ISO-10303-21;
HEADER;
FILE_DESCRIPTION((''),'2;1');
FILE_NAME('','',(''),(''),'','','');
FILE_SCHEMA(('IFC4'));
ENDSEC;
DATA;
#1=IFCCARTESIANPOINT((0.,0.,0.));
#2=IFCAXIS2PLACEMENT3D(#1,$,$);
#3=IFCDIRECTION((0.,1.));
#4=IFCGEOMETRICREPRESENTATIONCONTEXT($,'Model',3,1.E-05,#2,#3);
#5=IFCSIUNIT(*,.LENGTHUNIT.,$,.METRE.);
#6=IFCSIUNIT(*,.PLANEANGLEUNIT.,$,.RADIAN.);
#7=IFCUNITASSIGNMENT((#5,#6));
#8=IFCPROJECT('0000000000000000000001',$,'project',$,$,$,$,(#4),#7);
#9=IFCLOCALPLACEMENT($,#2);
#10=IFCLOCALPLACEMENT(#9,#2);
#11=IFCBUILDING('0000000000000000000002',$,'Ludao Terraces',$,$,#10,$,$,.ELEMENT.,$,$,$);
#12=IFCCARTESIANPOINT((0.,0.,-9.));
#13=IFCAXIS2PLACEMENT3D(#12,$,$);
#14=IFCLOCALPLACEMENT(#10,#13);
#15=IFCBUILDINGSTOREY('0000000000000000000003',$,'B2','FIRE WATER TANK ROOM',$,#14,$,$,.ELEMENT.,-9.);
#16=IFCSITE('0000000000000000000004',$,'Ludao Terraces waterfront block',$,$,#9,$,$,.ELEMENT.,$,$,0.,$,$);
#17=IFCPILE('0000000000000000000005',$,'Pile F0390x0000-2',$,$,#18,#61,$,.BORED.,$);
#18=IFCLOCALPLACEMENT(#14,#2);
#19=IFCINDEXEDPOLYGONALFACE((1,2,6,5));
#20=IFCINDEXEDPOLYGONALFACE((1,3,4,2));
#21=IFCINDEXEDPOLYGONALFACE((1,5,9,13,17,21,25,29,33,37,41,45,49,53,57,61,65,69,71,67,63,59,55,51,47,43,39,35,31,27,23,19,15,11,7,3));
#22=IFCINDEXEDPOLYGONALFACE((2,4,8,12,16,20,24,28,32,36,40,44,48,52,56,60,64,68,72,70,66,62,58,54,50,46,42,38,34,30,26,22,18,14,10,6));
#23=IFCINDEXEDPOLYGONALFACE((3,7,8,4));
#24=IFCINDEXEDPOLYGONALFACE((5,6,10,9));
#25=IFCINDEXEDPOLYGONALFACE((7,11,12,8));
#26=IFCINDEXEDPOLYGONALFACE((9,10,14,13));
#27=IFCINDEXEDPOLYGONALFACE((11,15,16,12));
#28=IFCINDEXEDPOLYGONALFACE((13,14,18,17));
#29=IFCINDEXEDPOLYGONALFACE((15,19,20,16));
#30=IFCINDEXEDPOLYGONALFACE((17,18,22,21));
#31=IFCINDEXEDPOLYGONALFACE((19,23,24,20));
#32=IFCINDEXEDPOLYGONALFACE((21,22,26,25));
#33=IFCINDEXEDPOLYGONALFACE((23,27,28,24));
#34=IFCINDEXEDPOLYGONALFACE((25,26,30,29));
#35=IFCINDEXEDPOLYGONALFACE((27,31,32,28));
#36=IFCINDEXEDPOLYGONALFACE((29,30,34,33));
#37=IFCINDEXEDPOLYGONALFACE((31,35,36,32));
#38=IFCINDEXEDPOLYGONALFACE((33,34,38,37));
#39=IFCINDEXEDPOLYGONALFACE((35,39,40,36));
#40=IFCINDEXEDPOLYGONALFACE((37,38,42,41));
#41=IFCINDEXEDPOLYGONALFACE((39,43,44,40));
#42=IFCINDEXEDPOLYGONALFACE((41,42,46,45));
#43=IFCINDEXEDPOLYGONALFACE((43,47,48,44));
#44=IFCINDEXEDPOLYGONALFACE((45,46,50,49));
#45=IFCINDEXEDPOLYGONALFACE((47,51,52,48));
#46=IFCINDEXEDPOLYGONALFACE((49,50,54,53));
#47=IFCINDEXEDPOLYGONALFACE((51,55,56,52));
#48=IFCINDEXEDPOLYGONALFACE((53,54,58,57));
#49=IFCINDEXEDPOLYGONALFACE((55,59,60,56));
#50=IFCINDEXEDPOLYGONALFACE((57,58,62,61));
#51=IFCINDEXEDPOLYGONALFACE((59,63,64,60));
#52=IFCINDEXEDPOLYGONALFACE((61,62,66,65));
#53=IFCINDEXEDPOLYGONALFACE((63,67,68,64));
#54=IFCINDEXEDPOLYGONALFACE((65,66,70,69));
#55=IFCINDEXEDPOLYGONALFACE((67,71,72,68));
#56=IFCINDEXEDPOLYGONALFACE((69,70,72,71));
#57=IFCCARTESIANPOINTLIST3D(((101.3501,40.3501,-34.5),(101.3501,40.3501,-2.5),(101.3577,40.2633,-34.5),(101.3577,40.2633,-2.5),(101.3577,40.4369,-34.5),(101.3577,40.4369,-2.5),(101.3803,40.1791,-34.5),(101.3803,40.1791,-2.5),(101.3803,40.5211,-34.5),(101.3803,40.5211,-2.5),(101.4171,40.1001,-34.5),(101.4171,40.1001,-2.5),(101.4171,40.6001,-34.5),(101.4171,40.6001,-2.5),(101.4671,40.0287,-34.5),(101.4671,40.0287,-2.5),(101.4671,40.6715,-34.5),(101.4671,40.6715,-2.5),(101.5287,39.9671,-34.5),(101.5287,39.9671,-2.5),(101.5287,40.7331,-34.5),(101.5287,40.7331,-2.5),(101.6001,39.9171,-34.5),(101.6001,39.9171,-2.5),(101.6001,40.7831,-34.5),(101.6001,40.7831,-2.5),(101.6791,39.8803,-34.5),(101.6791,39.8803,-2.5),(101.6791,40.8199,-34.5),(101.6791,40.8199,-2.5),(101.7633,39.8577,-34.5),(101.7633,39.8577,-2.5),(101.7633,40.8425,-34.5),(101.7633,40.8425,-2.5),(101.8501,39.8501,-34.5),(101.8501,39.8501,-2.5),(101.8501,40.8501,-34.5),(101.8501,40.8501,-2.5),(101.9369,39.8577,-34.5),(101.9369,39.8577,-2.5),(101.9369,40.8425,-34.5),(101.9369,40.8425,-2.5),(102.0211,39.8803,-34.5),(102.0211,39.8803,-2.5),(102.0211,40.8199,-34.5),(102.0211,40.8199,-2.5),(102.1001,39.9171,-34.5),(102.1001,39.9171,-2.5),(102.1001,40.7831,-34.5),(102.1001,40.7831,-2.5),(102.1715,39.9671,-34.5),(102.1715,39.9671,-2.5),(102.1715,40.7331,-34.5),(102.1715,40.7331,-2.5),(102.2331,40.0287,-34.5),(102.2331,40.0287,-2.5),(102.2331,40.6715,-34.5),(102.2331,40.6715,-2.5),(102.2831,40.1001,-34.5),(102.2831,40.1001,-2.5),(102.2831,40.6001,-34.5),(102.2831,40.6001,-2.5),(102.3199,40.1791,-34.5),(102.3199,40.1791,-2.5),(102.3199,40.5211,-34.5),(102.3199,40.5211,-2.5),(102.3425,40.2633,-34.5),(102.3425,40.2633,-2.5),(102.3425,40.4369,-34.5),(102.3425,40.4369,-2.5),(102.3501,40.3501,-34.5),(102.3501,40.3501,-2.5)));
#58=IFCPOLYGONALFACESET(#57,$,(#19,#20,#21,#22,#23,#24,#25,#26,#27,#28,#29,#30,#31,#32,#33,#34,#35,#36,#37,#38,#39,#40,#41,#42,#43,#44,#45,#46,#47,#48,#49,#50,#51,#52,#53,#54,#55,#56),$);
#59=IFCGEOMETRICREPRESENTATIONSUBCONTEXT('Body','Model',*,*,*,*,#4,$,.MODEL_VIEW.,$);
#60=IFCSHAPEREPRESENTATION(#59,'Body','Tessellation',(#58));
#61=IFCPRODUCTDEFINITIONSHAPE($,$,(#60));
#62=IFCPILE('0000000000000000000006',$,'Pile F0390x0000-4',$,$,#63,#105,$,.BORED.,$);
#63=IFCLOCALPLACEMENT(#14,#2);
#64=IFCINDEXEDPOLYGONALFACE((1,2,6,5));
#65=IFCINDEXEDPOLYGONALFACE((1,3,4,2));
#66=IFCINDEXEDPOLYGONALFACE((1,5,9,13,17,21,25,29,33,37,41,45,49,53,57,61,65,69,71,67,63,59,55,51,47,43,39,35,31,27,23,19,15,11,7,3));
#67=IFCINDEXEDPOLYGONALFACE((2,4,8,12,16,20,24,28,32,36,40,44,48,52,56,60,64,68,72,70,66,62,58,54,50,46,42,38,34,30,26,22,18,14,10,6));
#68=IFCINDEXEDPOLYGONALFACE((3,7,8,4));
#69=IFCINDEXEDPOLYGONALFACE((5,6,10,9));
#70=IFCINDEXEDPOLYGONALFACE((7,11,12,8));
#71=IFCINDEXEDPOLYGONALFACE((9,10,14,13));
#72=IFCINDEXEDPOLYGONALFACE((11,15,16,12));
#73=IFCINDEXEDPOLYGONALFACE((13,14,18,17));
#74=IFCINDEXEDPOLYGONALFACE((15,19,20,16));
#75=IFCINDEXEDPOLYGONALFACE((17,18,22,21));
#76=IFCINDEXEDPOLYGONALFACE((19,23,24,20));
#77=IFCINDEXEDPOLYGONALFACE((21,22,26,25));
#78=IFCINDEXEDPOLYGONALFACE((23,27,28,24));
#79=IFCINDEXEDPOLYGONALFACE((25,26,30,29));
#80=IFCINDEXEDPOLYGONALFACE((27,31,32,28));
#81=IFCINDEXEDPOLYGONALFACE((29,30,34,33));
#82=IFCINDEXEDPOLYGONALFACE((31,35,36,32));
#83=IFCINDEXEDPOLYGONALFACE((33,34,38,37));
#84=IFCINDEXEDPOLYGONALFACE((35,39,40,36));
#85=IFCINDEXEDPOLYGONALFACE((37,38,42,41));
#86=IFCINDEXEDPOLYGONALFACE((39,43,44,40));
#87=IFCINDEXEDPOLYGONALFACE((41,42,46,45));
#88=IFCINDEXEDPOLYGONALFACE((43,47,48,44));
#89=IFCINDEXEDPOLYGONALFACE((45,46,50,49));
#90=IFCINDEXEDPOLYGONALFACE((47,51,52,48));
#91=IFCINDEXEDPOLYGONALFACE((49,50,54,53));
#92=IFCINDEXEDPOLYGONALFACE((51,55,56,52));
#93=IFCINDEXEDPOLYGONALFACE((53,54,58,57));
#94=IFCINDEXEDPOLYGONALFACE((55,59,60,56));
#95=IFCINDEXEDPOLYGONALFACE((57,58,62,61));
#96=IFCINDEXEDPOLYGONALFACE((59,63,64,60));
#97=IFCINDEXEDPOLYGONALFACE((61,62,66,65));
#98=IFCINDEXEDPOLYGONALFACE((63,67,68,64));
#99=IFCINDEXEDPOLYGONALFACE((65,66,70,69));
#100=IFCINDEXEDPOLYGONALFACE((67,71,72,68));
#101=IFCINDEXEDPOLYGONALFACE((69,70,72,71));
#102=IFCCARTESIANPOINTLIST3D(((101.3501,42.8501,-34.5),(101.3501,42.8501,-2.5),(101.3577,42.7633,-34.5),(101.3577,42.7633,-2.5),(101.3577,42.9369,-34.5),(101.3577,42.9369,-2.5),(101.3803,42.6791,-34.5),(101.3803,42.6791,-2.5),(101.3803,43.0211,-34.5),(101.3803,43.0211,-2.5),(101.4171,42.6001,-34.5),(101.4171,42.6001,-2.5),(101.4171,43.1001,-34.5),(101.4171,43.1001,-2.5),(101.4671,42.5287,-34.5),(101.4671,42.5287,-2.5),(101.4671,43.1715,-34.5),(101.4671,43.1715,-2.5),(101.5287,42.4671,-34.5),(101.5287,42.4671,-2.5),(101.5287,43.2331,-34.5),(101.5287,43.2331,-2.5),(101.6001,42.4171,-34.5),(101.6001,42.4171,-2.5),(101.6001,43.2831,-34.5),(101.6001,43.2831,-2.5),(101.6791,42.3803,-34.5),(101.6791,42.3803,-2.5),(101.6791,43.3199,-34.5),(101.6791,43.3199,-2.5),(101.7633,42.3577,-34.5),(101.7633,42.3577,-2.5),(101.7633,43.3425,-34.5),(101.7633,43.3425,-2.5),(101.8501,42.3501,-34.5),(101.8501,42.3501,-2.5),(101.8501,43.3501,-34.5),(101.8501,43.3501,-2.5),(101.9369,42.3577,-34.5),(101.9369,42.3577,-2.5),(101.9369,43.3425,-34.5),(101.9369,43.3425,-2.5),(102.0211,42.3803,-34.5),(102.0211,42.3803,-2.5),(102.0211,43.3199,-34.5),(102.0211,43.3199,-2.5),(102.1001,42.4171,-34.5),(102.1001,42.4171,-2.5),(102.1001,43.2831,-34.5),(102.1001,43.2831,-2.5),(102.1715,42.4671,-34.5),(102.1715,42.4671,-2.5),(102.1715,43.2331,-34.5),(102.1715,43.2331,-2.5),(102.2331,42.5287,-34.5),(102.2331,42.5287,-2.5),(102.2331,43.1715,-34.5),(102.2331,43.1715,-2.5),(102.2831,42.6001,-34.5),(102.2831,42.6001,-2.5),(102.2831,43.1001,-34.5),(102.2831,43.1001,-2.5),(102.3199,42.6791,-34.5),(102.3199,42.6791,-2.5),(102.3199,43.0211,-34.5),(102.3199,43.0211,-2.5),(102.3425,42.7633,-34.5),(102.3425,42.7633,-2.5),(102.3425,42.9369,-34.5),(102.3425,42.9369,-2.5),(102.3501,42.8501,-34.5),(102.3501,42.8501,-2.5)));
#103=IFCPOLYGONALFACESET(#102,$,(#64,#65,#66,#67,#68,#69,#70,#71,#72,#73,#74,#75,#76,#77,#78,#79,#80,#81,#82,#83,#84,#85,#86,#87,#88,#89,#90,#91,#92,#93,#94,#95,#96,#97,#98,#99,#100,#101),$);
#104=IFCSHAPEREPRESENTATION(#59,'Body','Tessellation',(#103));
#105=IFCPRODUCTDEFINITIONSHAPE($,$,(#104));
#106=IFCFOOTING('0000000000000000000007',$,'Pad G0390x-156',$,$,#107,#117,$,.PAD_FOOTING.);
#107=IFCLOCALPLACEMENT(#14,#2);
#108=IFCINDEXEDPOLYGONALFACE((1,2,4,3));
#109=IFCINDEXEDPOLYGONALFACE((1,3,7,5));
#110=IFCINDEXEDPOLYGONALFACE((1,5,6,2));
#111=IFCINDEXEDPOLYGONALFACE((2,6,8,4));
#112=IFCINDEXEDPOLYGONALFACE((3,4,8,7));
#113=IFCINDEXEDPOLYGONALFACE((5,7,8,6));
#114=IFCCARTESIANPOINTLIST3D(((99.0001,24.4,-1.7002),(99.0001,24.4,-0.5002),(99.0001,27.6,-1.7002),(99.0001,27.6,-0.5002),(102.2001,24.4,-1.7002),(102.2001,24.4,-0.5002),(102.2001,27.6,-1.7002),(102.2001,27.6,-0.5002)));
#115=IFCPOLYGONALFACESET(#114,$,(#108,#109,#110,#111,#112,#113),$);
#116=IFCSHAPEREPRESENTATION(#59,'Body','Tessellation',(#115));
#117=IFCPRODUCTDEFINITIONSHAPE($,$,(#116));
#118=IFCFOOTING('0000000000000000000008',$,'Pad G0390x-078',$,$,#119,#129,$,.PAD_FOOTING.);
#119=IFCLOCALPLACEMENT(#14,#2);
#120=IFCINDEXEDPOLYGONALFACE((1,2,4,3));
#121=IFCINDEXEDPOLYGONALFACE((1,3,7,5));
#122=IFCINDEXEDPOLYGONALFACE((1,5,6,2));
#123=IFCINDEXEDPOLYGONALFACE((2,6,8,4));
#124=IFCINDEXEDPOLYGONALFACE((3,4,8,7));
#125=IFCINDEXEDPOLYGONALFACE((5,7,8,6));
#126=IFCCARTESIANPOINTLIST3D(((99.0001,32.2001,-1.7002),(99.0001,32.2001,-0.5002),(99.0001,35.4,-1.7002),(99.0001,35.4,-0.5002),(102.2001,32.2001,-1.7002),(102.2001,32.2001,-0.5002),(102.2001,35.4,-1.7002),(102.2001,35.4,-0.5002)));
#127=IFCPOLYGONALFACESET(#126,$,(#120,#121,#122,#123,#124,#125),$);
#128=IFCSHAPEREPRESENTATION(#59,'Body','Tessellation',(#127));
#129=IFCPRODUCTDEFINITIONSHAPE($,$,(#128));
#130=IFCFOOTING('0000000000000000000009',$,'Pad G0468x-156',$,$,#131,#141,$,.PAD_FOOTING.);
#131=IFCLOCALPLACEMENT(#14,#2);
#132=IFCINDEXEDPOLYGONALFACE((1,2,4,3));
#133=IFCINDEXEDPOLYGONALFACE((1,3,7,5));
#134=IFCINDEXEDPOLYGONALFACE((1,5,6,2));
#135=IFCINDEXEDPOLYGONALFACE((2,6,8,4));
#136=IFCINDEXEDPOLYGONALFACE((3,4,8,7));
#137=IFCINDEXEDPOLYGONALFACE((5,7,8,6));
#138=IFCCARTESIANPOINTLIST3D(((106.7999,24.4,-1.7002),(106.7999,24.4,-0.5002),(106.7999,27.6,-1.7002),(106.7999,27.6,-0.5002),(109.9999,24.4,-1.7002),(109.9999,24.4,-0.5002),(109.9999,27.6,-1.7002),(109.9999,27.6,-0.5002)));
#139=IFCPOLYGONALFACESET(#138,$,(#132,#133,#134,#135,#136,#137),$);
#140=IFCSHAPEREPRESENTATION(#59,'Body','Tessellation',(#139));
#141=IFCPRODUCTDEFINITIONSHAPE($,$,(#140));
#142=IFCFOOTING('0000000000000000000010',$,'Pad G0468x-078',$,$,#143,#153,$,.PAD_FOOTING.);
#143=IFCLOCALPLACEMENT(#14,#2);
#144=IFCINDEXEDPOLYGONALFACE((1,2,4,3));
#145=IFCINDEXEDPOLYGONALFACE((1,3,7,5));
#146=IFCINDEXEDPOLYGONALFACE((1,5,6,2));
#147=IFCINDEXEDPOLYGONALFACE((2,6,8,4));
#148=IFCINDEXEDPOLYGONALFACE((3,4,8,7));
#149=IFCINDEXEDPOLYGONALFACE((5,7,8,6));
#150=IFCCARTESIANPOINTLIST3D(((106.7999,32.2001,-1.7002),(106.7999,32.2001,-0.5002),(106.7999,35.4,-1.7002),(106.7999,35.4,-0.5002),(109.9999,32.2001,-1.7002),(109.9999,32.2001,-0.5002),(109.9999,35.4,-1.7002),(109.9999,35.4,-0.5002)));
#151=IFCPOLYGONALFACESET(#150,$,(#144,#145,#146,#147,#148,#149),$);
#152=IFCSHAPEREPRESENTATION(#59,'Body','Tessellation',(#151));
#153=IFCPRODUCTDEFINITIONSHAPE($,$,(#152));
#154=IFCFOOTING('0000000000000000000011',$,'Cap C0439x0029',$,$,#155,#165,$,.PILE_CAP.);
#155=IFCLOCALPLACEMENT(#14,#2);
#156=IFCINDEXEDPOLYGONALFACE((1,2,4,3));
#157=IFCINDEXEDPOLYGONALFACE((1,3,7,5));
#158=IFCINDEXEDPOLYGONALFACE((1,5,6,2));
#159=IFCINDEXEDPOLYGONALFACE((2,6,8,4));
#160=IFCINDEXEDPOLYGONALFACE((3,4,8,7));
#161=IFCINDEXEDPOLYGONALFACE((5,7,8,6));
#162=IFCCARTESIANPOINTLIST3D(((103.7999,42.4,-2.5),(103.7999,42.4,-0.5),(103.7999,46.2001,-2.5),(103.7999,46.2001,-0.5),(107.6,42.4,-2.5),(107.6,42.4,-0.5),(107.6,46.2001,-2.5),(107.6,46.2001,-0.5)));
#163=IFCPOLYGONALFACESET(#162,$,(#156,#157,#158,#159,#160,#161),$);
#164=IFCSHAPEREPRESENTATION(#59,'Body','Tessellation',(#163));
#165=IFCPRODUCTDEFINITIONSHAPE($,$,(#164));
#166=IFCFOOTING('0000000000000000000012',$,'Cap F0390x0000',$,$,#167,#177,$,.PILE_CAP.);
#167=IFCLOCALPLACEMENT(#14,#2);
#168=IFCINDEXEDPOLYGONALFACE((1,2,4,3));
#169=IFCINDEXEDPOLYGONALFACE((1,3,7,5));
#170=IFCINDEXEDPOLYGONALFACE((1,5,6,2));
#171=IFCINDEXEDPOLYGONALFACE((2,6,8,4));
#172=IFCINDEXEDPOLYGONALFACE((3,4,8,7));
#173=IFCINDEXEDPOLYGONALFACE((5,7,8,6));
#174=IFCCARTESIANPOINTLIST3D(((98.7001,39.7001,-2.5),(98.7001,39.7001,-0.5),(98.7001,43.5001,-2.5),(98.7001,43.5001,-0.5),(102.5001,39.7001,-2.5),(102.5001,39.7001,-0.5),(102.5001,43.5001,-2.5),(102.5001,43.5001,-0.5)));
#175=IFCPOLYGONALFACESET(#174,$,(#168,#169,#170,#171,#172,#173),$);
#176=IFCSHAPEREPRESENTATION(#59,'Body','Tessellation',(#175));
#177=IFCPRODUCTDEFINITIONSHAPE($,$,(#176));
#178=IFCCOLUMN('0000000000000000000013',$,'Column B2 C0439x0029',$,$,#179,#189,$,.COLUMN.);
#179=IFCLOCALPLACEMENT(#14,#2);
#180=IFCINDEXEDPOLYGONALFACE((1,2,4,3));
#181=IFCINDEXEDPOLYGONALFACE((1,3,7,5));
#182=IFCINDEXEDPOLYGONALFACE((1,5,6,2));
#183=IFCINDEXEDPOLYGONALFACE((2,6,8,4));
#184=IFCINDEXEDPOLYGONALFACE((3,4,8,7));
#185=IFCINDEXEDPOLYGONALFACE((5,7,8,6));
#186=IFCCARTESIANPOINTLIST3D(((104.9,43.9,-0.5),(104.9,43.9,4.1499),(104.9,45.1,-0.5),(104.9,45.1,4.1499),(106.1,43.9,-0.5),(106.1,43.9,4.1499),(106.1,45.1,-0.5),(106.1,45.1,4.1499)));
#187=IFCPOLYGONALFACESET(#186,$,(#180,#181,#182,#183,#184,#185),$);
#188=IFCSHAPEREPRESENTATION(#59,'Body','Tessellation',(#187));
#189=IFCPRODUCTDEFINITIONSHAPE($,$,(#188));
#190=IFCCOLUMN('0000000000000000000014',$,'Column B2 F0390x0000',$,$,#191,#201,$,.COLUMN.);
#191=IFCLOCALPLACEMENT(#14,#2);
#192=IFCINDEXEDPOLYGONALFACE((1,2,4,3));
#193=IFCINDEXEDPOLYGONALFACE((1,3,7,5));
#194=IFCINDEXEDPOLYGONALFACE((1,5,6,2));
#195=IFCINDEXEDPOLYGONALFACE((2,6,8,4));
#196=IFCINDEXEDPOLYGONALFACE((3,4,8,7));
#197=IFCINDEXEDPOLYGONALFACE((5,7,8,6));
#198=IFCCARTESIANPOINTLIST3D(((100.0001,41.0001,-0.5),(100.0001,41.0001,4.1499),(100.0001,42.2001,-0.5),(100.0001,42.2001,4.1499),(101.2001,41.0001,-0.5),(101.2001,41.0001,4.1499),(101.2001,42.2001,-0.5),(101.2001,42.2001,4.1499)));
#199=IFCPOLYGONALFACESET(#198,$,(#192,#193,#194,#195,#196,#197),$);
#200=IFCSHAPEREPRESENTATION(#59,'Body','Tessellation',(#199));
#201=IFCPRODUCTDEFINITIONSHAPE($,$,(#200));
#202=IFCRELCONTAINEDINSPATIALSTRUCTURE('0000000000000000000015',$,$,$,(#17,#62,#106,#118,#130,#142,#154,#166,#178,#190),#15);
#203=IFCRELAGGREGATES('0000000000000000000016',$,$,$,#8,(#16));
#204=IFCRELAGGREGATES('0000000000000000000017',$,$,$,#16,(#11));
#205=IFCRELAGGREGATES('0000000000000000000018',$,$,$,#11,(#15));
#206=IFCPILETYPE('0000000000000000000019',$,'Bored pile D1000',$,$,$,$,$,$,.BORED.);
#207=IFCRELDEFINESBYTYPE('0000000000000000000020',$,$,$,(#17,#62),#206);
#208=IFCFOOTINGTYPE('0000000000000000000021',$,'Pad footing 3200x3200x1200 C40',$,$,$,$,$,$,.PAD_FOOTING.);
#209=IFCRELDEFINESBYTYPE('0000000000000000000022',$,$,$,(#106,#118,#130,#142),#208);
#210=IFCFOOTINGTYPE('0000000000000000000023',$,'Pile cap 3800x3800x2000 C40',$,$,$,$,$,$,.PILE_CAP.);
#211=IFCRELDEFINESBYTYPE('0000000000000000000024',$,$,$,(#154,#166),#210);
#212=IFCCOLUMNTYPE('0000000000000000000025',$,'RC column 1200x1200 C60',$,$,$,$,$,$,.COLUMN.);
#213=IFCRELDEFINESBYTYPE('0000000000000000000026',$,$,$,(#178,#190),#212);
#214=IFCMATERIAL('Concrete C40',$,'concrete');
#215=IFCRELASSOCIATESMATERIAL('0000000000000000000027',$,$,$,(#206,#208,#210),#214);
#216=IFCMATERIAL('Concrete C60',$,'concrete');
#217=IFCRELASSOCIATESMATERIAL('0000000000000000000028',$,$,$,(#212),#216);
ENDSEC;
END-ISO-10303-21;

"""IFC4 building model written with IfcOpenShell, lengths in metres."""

from ifc_helpers import new_model, si_unit, direction, frame, origin, origin_2d, place, context, subcontext, project, spatial, rectangle, circle, extrude, material, material_profile, profile_set, type_object, element, save


model = new_model("IFC4")

# Units and contexts
model_context = context("Model", 3, precision=1e-05, world=origin(), true_north=direction((0.0, 1.0)))
body_context = subcontext(model_context, "Body", "Model", "MODEL_VIEW")
ifc_project = project(units=[si_unit("LENGTHUNIT", "METRE"), si_unit("PLANEANGLEUNIT", "RADIAN")], contexts=[model_context])

# Site, building, storey
site_placement = place(None, origin())
site = spatial("IfcSite", under=ifc_project, at=site_placement, Name="Ludao Terraces waterfront block", CompositionType="ELEMENT", RefElevation=0.0)
building_placement = place(site_placement, origin())
building = spatial("IfcBuilding", under=site, at=building_placement, Name="Ludao Terraces", CompositionType="ELEMENT")
storey_placement = place(building_placement, frame((0.0, 0.0, -9.0)))
storey = spatial("IfcBuildingStorey", under=building, at=storey_placement, Name="B2", Description="FIRE WATER TANK ROOM", CompositionType="ELEMENT", Elevation=-9.0)

# Piles
ifc_material_1 = material(Name="Concrete C40", Category="concrete")
ifc_material_profile_1 = material_profile(ifc_material_1, circle(Radius=0.5, at=origin_2d()), Name="D1000 BORED PILE")
ifc_profile_set_1 = profile_set([ifc_material_profile_1], Name="Concrete C40")
pile_type = type_object("IfcPileType", Name="Bored pile D1000", PredefinedType="BORED", material=ifc_profile_set_1)
for number, where, z_axis, x_axis, name in (
    (1, (101.8501, 40.3501, -2.5), (0.0, 0.0, -1.0), (1.0, 0.0, 0.0), "Pile F0390x0000-2"),
    (2, (101.8501, 42.8501, -2.5), (0.0, 0.0, -1.0), (1.0, 0.0, 0.0), "Pile F0390x0000-4"),
):
    element("IfcPile", number, at=place(storey_placement, frame(where, z_axis=z_axis, x_axis=x_axis)), inside=storey, type_object=pile_type, Name=name, PredefinedType="BORED", context=body_context, shape_type="SweptSolid", body=[
        extrude(circle(Radius=0.5, at=origin_2d()), origin(), (0.0, 0.0, 1.0), 32.0),
    ])

# Footings
footing_type_1 = type_object("IfcFootingType", Name="Pad footing 3200x3200x1200 C40", PredefinedType="PAD_FOOTING", material=ifc_material_1)
for number, where, z_axis, x_axis, name in (
    (3, (100.6001, 26.0, -1.7002), (0.0, 0.0, 1.0), (1.0, 0.0, 0.0), "Pad G0390x-156"),
    (4, (100.6001, 33.8, -1.7002), (0.0, 0.0, 1.0), (1.0, 0.0, 0.0), "Pad G0390x-078"),
    (5, (108.3999, 26.0, -1.7002), (0.0, 0.0, 1.0), (1.0, 0.0, 0.0), "Pad G0468x-156"),
    (6, (108.3999, 33.8, -1.7002), (0.0, 0.0, 1.0), (1.0, 0.0, 0.0), "Pad G0468x-078"),
):
    element("IfcFooting", number, at=place(storey_placement, frame(where, z_axis=z_axis, x_axis=x_axis)), inside=storey, type_object=footing_type_1, Name=name, PredefinedType="PAD_FOOTING", context=body_context, shape_type="SweptSolid", body=[
        extrude(rectangle(XDim=3.2, YDim=3.2, at=origin_2d()), origin(), (0.0, 0.0, 1.0), 1.2),
    ])
footing_type_2 = type_object("IfcFootingType", Name="Pile cap 3800x3800x2000 C40", PredefinedType="PILE_CAP", material=ifc_material_1)
for number, where, z_axis, x_axis, name in (
    (7, (105.7, 44.3, -2.5), (0.0, 0.0, 1.0), (1.0, 0.0, 0.0), "Cap C0439x0029"),
    (8, (100.6001, 41.6001, -2.5), (0.0, 0.0, 1.0), (1.0, 0.0, 0.0), "Cap F0390x0000"),
):
    element("IfcFooting", number, at=place(storey_placement, frame(where, z_axis=z_axis, x_axis=x_axis)), inside=storey, type_object=footing_type_2, Name=name, PredefinedType="PILE_CAP", context=body_context, shape_type="SweptSolid", body=[
        extrude(rectangle(XDim=3.8, YDim=3.8, at=origin_2d()), origin(), (0.0, 0.0, 1.0), 2.0),
    ])

# Columns
ifc_material_2 = material(Name="Concrete C60", Category="concrete")
ifc_material_profile_2 = material_profile(ifc_material_2, rectangle(XDim=1.2, YDim=1.2, at=origin_2d()), Name="1200 X 1200")
ifc_profile_set_2 = profile_set([ifc_material_profile_2], Name="Concrete C60")
column_type_1 = type_object("IfcColumnType", Name="RC column 1200x1200 C60", PredefinedType="COLUMN", material=ifc_profile_set_2)
for number, where, z_axis, x_axis, name in (
    (9, (105.5, 44.5, -0.5), (0.0, 0.0, 1.0), (1.0, 0.0, 0.0), "Column B2 C0439x0029"),
    (10, (100.6001, 41.6001, -0.5), (0.0, 0.0, 1.0), (1.0, 0.0, 0.0), "Column B2 F0390x0000"),
):
    element("IfcColumn", number, at=place(storey_placement, frame(where, z_axis=z_axis, x_axis=x_axis)), inside=storey, type_object=column_type_1, Name=name, PredefinedType="COLUMN", context=body_context, shape_type="SweptSolid", body=[
        extrude(rectangle(XDim=1.2, YDim=1.2, at=origin_2d()), origin(), (0.0, 0.0, 1.0), 4.6499),
    ])

save(model, "model.ifc")
